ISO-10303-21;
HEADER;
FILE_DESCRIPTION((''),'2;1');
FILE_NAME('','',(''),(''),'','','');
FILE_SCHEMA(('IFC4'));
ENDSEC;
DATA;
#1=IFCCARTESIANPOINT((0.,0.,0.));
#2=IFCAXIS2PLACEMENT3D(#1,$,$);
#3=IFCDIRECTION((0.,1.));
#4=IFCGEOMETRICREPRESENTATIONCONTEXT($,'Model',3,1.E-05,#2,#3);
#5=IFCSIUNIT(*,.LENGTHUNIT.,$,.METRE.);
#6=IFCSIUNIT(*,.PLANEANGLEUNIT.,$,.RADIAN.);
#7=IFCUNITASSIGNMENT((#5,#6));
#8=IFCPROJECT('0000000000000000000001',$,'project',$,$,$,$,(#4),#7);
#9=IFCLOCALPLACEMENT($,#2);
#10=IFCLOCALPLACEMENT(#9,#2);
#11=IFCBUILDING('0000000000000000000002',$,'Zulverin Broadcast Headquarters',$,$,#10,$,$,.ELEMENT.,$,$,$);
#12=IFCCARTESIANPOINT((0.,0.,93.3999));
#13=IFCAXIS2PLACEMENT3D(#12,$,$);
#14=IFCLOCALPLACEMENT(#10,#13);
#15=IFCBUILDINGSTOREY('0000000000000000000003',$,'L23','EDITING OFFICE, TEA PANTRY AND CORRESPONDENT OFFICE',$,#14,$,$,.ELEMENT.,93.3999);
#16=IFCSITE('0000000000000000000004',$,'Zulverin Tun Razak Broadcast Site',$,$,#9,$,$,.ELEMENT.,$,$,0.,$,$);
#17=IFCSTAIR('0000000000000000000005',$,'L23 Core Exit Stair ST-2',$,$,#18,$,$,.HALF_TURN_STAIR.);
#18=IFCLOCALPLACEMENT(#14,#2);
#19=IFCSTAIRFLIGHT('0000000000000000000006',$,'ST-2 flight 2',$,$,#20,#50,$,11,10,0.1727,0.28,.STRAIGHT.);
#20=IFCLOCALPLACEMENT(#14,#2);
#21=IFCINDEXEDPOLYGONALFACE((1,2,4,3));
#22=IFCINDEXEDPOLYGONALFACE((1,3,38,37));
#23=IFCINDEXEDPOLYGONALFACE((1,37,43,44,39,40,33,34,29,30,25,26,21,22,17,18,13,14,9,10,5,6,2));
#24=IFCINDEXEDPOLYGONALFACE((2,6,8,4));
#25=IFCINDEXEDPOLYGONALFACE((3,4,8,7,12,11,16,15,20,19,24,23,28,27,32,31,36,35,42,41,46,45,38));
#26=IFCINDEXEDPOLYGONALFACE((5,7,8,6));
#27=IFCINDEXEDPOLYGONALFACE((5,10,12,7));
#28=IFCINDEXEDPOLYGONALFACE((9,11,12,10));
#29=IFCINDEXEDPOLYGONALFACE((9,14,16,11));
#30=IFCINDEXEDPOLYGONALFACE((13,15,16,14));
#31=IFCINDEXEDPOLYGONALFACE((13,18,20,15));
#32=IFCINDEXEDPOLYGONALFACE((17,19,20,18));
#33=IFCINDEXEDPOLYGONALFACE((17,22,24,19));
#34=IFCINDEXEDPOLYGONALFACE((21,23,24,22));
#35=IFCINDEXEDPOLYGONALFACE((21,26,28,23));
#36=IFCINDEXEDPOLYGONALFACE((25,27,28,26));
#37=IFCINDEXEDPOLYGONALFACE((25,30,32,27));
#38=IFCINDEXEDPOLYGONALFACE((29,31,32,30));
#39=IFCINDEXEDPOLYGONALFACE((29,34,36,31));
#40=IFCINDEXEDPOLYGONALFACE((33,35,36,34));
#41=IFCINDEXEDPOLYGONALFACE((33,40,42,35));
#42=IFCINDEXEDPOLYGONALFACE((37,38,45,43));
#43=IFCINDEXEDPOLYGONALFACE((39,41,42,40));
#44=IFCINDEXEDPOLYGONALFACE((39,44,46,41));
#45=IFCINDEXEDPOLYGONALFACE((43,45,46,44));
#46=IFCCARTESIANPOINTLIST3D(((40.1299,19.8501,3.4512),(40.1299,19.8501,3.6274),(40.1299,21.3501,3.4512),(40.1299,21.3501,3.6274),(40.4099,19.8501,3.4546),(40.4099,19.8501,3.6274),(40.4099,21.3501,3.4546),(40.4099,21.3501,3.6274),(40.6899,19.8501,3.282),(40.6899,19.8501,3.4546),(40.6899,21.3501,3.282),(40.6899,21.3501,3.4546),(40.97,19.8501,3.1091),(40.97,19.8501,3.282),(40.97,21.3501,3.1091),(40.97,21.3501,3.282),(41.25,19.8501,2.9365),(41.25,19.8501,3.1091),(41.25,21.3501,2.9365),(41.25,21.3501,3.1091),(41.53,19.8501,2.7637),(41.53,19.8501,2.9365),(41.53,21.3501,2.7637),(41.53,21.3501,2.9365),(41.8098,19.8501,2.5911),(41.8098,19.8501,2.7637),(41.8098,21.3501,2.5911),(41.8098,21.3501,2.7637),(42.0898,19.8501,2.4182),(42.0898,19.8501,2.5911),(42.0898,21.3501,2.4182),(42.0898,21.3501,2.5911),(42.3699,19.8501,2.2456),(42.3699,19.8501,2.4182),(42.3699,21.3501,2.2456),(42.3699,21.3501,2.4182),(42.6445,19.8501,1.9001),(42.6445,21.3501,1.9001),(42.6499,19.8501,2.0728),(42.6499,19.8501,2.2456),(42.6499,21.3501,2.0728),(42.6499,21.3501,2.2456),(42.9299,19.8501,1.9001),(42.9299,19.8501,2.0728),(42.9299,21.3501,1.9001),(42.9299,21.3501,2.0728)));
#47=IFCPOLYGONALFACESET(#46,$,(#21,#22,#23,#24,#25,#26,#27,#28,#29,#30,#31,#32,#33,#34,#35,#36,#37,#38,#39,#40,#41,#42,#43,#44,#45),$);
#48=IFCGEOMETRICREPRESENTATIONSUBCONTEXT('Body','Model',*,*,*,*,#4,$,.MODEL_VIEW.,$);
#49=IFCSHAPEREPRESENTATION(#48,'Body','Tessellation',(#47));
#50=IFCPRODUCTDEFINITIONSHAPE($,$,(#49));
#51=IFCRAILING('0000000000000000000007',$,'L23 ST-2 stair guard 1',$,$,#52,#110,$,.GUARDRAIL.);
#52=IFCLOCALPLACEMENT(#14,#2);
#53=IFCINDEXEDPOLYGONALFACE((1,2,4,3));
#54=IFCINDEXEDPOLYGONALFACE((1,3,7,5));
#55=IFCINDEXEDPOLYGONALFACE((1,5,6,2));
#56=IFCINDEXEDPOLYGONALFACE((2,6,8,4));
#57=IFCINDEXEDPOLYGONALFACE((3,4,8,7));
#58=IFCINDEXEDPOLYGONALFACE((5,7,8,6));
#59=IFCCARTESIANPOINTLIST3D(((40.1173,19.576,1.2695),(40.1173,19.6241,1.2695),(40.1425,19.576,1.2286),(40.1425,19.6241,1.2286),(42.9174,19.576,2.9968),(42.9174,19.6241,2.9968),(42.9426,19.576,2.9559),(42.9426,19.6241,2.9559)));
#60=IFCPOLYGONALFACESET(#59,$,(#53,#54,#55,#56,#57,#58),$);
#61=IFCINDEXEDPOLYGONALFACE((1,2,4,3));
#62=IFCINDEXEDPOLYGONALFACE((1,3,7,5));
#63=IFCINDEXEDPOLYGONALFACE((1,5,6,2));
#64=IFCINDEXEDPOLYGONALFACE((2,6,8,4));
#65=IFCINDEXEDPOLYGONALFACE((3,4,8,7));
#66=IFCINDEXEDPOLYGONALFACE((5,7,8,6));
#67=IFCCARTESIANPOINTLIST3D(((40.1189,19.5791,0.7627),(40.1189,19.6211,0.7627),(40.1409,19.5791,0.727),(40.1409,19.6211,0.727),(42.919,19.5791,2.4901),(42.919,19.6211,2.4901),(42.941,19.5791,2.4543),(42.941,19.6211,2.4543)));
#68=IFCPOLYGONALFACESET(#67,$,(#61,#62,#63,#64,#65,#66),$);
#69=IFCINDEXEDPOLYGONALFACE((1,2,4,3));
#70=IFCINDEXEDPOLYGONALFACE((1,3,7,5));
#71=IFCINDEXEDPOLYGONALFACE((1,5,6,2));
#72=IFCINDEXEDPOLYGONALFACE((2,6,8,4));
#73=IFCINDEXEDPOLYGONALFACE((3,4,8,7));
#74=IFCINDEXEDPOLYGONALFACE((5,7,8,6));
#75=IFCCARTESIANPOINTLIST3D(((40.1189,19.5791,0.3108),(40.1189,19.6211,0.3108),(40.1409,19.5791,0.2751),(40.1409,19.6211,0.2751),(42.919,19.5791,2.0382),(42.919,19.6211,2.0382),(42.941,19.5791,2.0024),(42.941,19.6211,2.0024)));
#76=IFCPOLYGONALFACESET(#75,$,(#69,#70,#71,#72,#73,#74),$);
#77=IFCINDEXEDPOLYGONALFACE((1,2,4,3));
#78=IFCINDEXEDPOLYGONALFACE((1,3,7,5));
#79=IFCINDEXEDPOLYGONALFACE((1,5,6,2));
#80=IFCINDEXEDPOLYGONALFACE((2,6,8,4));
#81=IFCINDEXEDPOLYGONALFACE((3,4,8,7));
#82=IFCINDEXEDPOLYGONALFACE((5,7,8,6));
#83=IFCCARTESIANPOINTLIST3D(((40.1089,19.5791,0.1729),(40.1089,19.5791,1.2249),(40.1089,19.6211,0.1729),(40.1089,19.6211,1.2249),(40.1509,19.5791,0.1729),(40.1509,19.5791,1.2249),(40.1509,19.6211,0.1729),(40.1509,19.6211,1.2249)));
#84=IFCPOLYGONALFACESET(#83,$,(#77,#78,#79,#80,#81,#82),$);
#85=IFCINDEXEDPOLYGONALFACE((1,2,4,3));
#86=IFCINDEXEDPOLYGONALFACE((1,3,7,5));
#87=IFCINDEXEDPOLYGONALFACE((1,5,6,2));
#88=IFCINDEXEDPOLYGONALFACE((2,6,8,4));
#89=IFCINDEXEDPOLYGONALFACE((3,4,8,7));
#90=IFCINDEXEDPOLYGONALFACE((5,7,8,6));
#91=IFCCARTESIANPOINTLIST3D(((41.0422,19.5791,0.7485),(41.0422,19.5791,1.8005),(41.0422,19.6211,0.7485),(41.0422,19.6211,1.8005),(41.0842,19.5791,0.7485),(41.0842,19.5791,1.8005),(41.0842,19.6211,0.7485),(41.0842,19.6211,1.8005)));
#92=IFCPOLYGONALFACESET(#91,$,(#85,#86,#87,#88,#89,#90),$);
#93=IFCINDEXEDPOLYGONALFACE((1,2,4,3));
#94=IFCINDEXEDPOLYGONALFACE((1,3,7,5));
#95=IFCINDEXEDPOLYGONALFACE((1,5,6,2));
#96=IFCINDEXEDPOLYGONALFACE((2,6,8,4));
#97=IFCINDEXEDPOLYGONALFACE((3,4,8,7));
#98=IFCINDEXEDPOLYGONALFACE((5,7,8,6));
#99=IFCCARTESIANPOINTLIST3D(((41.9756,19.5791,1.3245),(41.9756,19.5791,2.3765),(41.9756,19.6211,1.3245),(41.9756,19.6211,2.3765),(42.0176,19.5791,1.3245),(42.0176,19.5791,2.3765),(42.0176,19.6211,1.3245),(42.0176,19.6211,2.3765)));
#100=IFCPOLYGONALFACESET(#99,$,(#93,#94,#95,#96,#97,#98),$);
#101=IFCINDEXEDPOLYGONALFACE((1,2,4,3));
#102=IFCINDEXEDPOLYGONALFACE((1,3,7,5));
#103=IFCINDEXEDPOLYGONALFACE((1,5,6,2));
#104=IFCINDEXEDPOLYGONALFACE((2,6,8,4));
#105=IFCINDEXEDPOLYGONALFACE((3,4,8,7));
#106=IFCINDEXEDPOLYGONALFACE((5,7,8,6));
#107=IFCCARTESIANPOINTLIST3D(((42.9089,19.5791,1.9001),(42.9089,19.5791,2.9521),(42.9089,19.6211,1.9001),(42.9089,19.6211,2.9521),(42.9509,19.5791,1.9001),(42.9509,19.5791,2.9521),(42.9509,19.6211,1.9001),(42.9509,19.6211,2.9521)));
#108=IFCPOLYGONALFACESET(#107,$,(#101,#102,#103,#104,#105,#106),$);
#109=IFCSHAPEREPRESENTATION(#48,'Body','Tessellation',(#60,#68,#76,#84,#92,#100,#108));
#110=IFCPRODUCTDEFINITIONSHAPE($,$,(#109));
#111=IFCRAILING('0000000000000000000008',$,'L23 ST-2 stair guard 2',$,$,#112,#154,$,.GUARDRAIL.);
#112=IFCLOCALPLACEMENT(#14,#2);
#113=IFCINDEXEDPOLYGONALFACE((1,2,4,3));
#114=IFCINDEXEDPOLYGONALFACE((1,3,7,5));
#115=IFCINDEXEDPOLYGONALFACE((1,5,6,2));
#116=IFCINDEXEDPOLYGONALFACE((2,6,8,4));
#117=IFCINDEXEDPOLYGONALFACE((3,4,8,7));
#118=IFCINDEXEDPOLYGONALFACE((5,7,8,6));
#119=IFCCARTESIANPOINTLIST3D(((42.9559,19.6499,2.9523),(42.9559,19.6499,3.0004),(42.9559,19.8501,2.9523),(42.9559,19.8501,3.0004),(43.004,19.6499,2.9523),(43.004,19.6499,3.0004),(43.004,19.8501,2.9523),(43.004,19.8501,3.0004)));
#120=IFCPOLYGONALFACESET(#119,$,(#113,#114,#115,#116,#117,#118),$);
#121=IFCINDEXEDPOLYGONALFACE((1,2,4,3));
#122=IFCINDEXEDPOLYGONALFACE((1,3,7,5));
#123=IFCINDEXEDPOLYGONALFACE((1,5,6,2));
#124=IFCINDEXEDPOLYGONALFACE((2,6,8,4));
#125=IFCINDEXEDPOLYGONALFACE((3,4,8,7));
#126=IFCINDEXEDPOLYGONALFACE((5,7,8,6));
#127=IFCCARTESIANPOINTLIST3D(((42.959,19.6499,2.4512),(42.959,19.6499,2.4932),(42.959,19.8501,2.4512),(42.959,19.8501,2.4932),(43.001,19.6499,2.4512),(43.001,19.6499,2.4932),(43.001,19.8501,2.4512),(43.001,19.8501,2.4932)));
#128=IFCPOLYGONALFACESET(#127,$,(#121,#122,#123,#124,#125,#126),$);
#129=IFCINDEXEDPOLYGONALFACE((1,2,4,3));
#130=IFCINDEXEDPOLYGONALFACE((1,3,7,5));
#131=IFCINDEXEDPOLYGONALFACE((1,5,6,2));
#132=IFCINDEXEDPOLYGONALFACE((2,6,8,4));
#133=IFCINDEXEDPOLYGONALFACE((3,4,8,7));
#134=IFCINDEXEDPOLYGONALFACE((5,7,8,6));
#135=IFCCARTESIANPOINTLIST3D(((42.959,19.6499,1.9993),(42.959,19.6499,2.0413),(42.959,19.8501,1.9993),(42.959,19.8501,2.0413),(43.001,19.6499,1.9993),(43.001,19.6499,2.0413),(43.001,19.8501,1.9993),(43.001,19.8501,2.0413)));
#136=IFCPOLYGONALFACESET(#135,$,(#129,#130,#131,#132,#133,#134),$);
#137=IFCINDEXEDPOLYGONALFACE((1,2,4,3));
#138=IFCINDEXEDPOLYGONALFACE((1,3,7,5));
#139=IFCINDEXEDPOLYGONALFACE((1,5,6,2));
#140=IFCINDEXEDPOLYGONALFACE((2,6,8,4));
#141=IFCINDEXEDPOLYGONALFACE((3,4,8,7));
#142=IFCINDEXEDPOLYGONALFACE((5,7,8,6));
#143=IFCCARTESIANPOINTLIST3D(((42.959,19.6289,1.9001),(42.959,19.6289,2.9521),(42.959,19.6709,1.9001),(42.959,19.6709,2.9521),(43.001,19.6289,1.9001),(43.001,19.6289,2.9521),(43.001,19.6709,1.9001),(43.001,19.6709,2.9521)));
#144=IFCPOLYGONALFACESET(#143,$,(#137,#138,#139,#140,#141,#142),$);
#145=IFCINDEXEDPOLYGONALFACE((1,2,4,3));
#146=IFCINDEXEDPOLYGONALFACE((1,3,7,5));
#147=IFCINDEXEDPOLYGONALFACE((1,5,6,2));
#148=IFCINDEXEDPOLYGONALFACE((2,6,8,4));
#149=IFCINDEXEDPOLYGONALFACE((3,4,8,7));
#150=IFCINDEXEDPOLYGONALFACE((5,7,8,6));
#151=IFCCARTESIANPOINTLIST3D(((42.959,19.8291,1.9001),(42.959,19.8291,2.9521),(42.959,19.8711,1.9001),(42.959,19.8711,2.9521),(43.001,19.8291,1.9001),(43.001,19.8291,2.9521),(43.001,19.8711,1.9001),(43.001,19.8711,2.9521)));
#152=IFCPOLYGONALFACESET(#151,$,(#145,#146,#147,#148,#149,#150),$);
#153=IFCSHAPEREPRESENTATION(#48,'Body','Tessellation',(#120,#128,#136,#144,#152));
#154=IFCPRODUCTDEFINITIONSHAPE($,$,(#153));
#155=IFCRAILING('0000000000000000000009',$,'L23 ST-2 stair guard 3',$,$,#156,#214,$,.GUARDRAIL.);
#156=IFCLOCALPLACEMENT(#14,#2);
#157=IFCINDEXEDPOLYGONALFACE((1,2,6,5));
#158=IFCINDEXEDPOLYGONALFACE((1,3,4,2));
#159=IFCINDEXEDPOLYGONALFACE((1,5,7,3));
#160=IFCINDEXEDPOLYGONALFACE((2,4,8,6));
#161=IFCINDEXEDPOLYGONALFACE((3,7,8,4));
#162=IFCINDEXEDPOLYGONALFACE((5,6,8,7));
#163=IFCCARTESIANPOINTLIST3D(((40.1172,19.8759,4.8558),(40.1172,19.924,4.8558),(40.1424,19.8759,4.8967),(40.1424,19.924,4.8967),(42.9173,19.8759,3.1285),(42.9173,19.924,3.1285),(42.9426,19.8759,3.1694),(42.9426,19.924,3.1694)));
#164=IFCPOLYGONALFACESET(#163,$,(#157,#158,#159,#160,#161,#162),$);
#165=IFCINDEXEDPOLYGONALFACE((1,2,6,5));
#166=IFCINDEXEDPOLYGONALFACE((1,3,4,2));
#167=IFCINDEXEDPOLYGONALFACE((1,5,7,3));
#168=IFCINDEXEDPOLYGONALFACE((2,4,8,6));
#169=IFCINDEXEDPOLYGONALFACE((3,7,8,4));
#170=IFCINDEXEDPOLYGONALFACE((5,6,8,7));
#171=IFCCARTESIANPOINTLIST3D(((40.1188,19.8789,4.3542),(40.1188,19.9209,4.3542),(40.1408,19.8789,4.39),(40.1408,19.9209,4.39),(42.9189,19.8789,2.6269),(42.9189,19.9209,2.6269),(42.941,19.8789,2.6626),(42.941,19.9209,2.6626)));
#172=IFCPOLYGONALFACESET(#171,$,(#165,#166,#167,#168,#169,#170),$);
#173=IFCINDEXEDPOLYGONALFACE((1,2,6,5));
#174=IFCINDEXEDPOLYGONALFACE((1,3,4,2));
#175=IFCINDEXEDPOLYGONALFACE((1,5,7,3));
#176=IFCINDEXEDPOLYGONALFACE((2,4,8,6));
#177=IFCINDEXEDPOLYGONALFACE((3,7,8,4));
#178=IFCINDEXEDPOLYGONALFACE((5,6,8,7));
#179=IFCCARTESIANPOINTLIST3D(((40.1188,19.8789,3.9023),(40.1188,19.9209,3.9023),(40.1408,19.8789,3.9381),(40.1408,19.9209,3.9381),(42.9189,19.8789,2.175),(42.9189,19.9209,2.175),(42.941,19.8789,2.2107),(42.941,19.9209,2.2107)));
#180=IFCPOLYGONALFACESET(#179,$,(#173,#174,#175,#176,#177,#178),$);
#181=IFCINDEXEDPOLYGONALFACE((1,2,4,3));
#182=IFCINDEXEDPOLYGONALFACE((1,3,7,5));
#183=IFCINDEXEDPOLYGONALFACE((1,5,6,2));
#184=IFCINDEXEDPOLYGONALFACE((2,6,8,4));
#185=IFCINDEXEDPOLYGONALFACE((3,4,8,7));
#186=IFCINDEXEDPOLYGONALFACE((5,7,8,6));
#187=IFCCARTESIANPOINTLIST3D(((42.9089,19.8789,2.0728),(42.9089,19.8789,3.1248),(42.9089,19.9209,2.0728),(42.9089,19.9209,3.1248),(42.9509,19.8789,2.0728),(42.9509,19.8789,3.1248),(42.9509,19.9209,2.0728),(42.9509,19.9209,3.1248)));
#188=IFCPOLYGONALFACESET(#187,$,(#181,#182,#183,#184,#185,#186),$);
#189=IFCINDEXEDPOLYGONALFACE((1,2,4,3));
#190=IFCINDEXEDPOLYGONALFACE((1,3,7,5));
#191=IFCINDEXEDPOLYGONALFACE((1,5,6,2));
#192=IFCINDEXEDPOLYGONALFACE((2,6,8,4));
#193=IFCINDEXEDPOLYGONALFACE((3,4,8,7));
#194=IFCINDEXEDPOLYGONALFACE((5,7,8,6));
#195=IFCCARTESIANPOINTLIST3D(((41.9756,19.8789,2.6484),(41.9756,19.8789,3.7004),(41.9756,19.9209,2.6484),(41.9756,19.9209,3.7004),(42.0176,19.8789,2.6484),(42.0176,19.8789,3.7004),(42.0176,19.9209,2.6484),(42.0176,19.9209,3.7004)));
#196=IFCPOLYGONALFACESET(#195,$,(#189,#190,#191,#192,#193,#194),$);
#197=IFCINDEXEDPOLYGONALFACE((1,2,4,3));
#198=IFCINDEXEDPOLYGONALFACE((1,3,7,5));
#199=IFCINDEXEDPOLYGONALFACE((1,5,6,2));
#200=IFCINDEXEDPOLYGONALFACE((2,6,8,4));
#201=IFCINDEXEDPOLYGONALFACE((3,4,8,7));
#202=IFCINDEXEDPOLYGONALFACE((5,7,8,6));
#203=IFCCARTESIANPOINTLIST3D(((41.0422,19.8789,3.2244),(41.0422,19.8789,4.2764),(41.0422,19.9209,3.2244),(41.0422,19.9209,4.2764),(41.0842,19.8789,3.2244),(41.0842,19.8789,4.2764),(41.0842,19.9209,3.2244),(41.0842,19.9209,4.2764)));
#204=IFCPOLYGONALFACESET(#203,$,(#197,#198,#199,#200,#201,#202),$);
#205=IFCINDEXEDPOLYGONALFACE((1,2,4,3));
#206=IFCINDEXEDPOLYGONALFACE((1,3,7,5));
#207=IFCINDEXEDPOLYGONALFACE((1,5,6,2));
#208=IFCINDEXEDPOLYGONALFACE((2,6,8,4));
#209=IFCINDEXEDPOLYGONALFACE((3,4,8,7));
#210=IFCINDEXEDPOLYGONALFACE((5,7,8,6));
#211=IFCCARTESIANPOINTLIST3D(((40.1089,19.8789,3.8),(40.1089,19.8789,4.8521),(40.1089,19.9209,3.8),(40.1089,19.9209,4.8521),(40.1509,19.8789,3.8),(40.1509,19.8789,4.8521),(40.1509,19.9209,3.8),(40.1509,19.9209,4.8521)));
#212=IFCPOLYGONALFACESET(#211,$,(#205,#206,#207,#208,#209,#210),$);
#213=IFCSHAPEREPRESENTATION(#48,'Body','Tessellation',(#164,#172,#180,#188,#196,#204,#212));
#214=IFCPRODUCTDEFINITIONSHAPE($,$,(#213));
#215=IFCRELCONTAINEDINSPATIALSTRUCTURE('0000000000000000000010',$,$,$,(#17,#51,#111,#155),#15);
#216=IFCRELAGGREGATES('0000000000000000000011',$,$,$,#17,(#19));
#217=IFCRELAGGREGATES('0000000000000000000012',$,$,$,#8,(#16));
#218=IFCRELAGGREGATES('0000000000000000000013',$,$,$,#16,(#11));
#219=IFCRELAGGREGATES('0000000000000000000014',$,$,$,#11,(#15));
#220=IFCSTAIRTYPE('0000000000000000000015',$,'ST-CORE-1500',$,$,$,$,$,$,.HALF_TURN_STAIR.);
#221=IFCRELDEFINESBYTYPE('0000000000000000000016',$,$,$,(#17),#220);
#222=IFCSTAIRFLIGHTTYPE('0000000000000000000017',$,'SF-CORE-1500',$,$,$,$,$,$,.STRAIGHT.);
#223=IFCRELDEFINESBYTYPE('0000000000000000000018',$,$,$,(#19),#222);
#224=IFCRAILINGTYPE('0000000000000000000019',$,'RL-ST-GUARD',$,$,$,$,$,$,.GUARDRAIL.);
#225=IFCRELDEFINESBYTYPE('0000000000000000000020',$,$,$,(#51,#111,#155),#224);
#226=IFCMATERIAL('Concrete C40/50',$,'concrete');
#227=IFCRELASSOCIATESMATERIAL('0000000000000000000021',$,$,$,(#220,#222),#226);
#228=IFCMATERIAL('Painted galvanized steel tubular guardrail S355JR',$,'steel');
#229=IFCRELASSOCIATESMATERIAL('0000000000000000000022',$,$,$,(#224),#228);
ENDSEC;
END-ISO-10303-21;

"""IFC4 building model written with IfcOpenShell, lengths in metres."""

from ifc_helpers import new_model, si_unit, direction, frame, origin, origin_2d, place, context, subcontext, project, spatial, polyline, rectangle, outline, extrude, material, type_object, element, aggregate, save


model = new_model("IFC4")

# Units and contexts
model_context = context("Model", 3, precision=1e-05, world=origin(), true_north=direction((0.0, 1.0)))
body_context = subcontext(model_context, "Body", "Model", "MODEL_VIEW")
ifc_project = project(units=[si_unit("LENGTHUNIT", "METRE"), si_unit("PLANEANGLEUNIT", "RADIAN")], contexts=[model_context])

# Site, building, storey
site_placement = place(None, origin())
site = spatial("IfcSite", under=ifc_project, at=site_placement, Name="Zulverin Tun Razak Broadcast Site", CompositionType="ELEMENT", RefElevation=0.0)
building_placement = place(site_placement, origin())
building = spatial("IfcBuilding", under=site, at=building_placement, Name="Zulverin Broadcast Headquarters", CompositionType="ELEMENT")
storey_placement = place(building_placement, frame((0.0, 0.0, 93.3999)))
storey = spatial("IfcBuildingStorey", under=building, at=storey_placement, Name="L23", Description="EDITING OFFICE, TEA PANTRY AND CORRESPONDENT OFFICE", CompositionType="ELEMENT", Elevation=93.3999)

# Shared definitions
ifc_material_1 = material(Name="Concrete C40/50", Category="concrete")

# Stair, stair flight
stair_type = type_object("IfcStairType", Name="ST-CORE-1500", PredefinedType="HALF_TURN_STAIR", material=ifc_material_1)
stair_placement = place(storey_placement, origin())
stair = element("IfcStair", 1, at=stair_placement, inside=storey, type_object=stair_type, Name="L23 Core Exit Stair ST-2", PredefinedType="HALF_TURN_STAIR")
stair_flight_type = type_object("IfcStairFlightType", Name="SF-CORE-1500", PredefinedType="STRAIGHT", material=ifc_material_1)
stair_flight_1_placement = place(storey_placement, frame((42.9299, 20.6001, 1.9001), z_axis=(0.0, 0.0, 1.0), x_axis=(-1.0, 0.0, 0.0)))
stair_flight_1 = element("IfcStairFlight", 2, at=stair_flight_1_placement, type_object=stair_flight_type, Name="ST-2 flight 2", NumberOfRisers=11, NumberOfTreads=10, PredefinedType="STRAIGHT", RiserHeight=0.1727, TreadLength=0.28, context=body_context, shape_type="SweptSolid", body=[
    extrude(outline(polyline([(0.0, 0.0), (0.0, 0.1726), (0.28, 0.1726), (0.28, 0.3455), (0.5601, 0.3455), (0.5601, 0.5181), (0.8401, 0.5181), (0.8401, 0.6909), (1.1201, 0.6909), (1.1201, 0.8635), (1.3999, 0.8635), (1.3999, 1.0364), (1.6799, 1.0364), (1.6799, 1.209), (1.96, 1.209), (1.96, 1.3818), (2.24, 1.3818), (2.24, 1.5544), (2.52, 1.5544), (2.52, 1.7273), (2.8, 1.7273), (2.8, 1.8999), (2.8, 1.551), (0.2854, 0.0), (0.0, 0.0)])), frame((0.0, 0.75, 0.0), z_axis=(0.0, -1.0, 0.0), x_axis=(1.0, 0.0, 0.0)), (0.0, 0.0, 1.0), 1.5),
])
aggregate(stair, [stair_flight_1])

# Railings
ifc_material_2 = material(Name="Painted galvanized steel tubular guardrail S355JR", Category="steel")
railing_type_1 = type_object("IfcRailingType", Name="RL-ST-GUARD", PredefinedType="GUARDRAIL", material=ifc_material_2)
railing_1_placement = place(storey_placement, frame((40.1299, 19.6001, 0.1729)))
element("IfcRailing", 3, at=railing_1_placement, inside=storey, type_object=railing_type_1, Name="L23 ST-2 stair guard 1", PredefinedType="GUARDRAIL", context=body_context, shape_type="SweptSolid", body=[
    extrude(rectangle(XDim=0.0481, YDim=0.0481, at=origin_2d()), frame((0.0, 0.0, 1.0762), z_axis=(0.85109, 0.0, 0.52502), x_axis=(0.0, 1.0, 0.0)), (0.0, 0.0, 1.0), 3.29),
    extrude(rectangle(XDim=0.042, YDim=0.042, at=origin_2d()), frame((0.0, 0.0, 0.572), z_axis=(0.85109, 0.0, 0.52502), x_axis=(0.0, 1.0, 0.0)), (0.0, 0.0, 1.0), 3.29),
    extrude(rectangle(XDim=0.042, YDim=0.042, at=origin_2d()), frame((0.0, 0.0, 0.1201), z_axis=(0.85109, 0.0, 0.52502), x_axis=(0.0, 1.0, 0.0)), (0.0, 0.0, 1.0), 3.29),
    extrude(rectangle(XDim=0.042, YDim=0.042, at=origin_2d()), origin(), (0.0, 0.0, 1.0), 1.052),
    extrude(rectangle(XDim=0.042, YDim=0.042, at=origin_2d()), frame((0.9333, 0.0, 0.5757)), (0.0, 0.0, 1.0), 1.052),
    extrude(rectangle(XDim=0.042, YDim=0.042, at=origin_2d()), frame((1.8667, 0.0, 1.1516)), (0.0, 0.0, 1.0), 1.052),
    extrude(rectangle(XDim=0.042, YDim=0.042, at=origin_2d()), frame((2.8, 0.0, 1.7273)), (0.0, 0.0, 1.0), 1.052),
])
railing_2_placement = place(storey_placement, frame((42.98, 19.6499, 1.9001)))
element("IfcRailing", 4, at=railing_2_placement, inside=storey, type_object=railing_type_1, Name="L23 ST-2 stair guard 2", PredefinedType="GUARDRAIL", context=body_context, shape_type="SweptSolid", body=[
    extrude(rectangle(XDim=0.0481, YDim=0.0481, at=origin_2d()), frame((0.0, 0.0, 1.0762), z_axis=(0.0, 1.0, 0.0), x_axis=(-1.0, 0.0, 0.0)), (0.0, 0.0, 1.0), 0.2002),
    extrude(rectangle(XDim=0.042, YDim=0.042, at=origin_2d()), frame((0.0, 0.0, 0.572), z_axis=(0.0, 1.0, 0.0), x_axis=(-1.0, 0.0, 0.0)), (0.0, 0.0, 1.0), 0.2002),
    extrude(rectangle(XDim=0.042, YDim=0.042, at=origin_2d()), frame((0.0, 0.0, 0.1201), z_axis=(0.0, 1.0, 0.0), x_axis=(-1.0, 0.0, 0.0)), (0.0, 0.0, 1.0), 0.2002),
    extrude(rectangle(XDim=0.042, YDim=0.042, at=origin_2d()), origin(), (0.0, 0.0, 1.0), 1.052),
    extrude(rectangle(XDim=0.042, YDim=0.042, at=origin_2d()), frame((0.0, 0.2002, 0.0)), (0.0, 0.0, 1.0), 1.052),
])
railing_3_placement = place(storey_placement, frame((42.9299, 19.8999, 2.0728)))
element("IfcRailing", 5, at=railing_3_placement, inside=storey, type_object=railing_type_1, Name="L23 ST-2 stair guard 3", PredefinedType="GUARDRAIL", context=body_context, shape_type="SweptSolid", body=[
    extrude(rectangle(XDim=0.0481, YDim=0.0481, at=origin_2d()), frame((0.0, 0.0, 1.0762), z_axis=(-0.85109, 0.0, 0.52502), x_axis=(0.0, -1.0, 0.0)), (0.0, 0.0, 1.0), 3.29),
    extrude(rectangle(XDim=0.042, YDim=0.042, at=origin_2d()), frame((0.0, 0.0, 0.572), z_axis=(-0.85109, 0.0, 0.52502), x_axis=(0.0, -1.0, 0.0)), (0.0, 0.0, 1.0), 3.29),
    extrude(rectangle(XDim=0.042, YDim=0.042, at=origin_2d()), frame((0.0, 0.0, 0.1201), z_axis=(-0.85109, 0.0, 0.52502), x_axis=(0.0, -1.0, 0.0)), (0.0, 0.0, 1.0), 3.29),
    extrude(rectangle(XDim=0.042, YDim=0.042, at=origin_2d()), origin(), (0.0, 0.0, 1.0), 1.052),
    extrude(rectangle(XDim=0.042, YDim=0.042, at=origin_2d()), frame((-0.9333, 0.0, 0.5757)), (0.0, 0.0, 1.0), 1.052),
    extrude(rectangle(XDim=0.042, YDim=0.042, at=origin_2d()), frame((-1.8667, 0.0, 1.1516)), (0.0, 0.0, 1.0), 1.052),
    extrude(rectangle(XDim=0.042, YDim=0.042, at=origin_2d()), frame((-2.8, 0.0, 1.7273)), (0.0, 0.0, 1.0), 1.052),
])

save(model, "model.ifc")
